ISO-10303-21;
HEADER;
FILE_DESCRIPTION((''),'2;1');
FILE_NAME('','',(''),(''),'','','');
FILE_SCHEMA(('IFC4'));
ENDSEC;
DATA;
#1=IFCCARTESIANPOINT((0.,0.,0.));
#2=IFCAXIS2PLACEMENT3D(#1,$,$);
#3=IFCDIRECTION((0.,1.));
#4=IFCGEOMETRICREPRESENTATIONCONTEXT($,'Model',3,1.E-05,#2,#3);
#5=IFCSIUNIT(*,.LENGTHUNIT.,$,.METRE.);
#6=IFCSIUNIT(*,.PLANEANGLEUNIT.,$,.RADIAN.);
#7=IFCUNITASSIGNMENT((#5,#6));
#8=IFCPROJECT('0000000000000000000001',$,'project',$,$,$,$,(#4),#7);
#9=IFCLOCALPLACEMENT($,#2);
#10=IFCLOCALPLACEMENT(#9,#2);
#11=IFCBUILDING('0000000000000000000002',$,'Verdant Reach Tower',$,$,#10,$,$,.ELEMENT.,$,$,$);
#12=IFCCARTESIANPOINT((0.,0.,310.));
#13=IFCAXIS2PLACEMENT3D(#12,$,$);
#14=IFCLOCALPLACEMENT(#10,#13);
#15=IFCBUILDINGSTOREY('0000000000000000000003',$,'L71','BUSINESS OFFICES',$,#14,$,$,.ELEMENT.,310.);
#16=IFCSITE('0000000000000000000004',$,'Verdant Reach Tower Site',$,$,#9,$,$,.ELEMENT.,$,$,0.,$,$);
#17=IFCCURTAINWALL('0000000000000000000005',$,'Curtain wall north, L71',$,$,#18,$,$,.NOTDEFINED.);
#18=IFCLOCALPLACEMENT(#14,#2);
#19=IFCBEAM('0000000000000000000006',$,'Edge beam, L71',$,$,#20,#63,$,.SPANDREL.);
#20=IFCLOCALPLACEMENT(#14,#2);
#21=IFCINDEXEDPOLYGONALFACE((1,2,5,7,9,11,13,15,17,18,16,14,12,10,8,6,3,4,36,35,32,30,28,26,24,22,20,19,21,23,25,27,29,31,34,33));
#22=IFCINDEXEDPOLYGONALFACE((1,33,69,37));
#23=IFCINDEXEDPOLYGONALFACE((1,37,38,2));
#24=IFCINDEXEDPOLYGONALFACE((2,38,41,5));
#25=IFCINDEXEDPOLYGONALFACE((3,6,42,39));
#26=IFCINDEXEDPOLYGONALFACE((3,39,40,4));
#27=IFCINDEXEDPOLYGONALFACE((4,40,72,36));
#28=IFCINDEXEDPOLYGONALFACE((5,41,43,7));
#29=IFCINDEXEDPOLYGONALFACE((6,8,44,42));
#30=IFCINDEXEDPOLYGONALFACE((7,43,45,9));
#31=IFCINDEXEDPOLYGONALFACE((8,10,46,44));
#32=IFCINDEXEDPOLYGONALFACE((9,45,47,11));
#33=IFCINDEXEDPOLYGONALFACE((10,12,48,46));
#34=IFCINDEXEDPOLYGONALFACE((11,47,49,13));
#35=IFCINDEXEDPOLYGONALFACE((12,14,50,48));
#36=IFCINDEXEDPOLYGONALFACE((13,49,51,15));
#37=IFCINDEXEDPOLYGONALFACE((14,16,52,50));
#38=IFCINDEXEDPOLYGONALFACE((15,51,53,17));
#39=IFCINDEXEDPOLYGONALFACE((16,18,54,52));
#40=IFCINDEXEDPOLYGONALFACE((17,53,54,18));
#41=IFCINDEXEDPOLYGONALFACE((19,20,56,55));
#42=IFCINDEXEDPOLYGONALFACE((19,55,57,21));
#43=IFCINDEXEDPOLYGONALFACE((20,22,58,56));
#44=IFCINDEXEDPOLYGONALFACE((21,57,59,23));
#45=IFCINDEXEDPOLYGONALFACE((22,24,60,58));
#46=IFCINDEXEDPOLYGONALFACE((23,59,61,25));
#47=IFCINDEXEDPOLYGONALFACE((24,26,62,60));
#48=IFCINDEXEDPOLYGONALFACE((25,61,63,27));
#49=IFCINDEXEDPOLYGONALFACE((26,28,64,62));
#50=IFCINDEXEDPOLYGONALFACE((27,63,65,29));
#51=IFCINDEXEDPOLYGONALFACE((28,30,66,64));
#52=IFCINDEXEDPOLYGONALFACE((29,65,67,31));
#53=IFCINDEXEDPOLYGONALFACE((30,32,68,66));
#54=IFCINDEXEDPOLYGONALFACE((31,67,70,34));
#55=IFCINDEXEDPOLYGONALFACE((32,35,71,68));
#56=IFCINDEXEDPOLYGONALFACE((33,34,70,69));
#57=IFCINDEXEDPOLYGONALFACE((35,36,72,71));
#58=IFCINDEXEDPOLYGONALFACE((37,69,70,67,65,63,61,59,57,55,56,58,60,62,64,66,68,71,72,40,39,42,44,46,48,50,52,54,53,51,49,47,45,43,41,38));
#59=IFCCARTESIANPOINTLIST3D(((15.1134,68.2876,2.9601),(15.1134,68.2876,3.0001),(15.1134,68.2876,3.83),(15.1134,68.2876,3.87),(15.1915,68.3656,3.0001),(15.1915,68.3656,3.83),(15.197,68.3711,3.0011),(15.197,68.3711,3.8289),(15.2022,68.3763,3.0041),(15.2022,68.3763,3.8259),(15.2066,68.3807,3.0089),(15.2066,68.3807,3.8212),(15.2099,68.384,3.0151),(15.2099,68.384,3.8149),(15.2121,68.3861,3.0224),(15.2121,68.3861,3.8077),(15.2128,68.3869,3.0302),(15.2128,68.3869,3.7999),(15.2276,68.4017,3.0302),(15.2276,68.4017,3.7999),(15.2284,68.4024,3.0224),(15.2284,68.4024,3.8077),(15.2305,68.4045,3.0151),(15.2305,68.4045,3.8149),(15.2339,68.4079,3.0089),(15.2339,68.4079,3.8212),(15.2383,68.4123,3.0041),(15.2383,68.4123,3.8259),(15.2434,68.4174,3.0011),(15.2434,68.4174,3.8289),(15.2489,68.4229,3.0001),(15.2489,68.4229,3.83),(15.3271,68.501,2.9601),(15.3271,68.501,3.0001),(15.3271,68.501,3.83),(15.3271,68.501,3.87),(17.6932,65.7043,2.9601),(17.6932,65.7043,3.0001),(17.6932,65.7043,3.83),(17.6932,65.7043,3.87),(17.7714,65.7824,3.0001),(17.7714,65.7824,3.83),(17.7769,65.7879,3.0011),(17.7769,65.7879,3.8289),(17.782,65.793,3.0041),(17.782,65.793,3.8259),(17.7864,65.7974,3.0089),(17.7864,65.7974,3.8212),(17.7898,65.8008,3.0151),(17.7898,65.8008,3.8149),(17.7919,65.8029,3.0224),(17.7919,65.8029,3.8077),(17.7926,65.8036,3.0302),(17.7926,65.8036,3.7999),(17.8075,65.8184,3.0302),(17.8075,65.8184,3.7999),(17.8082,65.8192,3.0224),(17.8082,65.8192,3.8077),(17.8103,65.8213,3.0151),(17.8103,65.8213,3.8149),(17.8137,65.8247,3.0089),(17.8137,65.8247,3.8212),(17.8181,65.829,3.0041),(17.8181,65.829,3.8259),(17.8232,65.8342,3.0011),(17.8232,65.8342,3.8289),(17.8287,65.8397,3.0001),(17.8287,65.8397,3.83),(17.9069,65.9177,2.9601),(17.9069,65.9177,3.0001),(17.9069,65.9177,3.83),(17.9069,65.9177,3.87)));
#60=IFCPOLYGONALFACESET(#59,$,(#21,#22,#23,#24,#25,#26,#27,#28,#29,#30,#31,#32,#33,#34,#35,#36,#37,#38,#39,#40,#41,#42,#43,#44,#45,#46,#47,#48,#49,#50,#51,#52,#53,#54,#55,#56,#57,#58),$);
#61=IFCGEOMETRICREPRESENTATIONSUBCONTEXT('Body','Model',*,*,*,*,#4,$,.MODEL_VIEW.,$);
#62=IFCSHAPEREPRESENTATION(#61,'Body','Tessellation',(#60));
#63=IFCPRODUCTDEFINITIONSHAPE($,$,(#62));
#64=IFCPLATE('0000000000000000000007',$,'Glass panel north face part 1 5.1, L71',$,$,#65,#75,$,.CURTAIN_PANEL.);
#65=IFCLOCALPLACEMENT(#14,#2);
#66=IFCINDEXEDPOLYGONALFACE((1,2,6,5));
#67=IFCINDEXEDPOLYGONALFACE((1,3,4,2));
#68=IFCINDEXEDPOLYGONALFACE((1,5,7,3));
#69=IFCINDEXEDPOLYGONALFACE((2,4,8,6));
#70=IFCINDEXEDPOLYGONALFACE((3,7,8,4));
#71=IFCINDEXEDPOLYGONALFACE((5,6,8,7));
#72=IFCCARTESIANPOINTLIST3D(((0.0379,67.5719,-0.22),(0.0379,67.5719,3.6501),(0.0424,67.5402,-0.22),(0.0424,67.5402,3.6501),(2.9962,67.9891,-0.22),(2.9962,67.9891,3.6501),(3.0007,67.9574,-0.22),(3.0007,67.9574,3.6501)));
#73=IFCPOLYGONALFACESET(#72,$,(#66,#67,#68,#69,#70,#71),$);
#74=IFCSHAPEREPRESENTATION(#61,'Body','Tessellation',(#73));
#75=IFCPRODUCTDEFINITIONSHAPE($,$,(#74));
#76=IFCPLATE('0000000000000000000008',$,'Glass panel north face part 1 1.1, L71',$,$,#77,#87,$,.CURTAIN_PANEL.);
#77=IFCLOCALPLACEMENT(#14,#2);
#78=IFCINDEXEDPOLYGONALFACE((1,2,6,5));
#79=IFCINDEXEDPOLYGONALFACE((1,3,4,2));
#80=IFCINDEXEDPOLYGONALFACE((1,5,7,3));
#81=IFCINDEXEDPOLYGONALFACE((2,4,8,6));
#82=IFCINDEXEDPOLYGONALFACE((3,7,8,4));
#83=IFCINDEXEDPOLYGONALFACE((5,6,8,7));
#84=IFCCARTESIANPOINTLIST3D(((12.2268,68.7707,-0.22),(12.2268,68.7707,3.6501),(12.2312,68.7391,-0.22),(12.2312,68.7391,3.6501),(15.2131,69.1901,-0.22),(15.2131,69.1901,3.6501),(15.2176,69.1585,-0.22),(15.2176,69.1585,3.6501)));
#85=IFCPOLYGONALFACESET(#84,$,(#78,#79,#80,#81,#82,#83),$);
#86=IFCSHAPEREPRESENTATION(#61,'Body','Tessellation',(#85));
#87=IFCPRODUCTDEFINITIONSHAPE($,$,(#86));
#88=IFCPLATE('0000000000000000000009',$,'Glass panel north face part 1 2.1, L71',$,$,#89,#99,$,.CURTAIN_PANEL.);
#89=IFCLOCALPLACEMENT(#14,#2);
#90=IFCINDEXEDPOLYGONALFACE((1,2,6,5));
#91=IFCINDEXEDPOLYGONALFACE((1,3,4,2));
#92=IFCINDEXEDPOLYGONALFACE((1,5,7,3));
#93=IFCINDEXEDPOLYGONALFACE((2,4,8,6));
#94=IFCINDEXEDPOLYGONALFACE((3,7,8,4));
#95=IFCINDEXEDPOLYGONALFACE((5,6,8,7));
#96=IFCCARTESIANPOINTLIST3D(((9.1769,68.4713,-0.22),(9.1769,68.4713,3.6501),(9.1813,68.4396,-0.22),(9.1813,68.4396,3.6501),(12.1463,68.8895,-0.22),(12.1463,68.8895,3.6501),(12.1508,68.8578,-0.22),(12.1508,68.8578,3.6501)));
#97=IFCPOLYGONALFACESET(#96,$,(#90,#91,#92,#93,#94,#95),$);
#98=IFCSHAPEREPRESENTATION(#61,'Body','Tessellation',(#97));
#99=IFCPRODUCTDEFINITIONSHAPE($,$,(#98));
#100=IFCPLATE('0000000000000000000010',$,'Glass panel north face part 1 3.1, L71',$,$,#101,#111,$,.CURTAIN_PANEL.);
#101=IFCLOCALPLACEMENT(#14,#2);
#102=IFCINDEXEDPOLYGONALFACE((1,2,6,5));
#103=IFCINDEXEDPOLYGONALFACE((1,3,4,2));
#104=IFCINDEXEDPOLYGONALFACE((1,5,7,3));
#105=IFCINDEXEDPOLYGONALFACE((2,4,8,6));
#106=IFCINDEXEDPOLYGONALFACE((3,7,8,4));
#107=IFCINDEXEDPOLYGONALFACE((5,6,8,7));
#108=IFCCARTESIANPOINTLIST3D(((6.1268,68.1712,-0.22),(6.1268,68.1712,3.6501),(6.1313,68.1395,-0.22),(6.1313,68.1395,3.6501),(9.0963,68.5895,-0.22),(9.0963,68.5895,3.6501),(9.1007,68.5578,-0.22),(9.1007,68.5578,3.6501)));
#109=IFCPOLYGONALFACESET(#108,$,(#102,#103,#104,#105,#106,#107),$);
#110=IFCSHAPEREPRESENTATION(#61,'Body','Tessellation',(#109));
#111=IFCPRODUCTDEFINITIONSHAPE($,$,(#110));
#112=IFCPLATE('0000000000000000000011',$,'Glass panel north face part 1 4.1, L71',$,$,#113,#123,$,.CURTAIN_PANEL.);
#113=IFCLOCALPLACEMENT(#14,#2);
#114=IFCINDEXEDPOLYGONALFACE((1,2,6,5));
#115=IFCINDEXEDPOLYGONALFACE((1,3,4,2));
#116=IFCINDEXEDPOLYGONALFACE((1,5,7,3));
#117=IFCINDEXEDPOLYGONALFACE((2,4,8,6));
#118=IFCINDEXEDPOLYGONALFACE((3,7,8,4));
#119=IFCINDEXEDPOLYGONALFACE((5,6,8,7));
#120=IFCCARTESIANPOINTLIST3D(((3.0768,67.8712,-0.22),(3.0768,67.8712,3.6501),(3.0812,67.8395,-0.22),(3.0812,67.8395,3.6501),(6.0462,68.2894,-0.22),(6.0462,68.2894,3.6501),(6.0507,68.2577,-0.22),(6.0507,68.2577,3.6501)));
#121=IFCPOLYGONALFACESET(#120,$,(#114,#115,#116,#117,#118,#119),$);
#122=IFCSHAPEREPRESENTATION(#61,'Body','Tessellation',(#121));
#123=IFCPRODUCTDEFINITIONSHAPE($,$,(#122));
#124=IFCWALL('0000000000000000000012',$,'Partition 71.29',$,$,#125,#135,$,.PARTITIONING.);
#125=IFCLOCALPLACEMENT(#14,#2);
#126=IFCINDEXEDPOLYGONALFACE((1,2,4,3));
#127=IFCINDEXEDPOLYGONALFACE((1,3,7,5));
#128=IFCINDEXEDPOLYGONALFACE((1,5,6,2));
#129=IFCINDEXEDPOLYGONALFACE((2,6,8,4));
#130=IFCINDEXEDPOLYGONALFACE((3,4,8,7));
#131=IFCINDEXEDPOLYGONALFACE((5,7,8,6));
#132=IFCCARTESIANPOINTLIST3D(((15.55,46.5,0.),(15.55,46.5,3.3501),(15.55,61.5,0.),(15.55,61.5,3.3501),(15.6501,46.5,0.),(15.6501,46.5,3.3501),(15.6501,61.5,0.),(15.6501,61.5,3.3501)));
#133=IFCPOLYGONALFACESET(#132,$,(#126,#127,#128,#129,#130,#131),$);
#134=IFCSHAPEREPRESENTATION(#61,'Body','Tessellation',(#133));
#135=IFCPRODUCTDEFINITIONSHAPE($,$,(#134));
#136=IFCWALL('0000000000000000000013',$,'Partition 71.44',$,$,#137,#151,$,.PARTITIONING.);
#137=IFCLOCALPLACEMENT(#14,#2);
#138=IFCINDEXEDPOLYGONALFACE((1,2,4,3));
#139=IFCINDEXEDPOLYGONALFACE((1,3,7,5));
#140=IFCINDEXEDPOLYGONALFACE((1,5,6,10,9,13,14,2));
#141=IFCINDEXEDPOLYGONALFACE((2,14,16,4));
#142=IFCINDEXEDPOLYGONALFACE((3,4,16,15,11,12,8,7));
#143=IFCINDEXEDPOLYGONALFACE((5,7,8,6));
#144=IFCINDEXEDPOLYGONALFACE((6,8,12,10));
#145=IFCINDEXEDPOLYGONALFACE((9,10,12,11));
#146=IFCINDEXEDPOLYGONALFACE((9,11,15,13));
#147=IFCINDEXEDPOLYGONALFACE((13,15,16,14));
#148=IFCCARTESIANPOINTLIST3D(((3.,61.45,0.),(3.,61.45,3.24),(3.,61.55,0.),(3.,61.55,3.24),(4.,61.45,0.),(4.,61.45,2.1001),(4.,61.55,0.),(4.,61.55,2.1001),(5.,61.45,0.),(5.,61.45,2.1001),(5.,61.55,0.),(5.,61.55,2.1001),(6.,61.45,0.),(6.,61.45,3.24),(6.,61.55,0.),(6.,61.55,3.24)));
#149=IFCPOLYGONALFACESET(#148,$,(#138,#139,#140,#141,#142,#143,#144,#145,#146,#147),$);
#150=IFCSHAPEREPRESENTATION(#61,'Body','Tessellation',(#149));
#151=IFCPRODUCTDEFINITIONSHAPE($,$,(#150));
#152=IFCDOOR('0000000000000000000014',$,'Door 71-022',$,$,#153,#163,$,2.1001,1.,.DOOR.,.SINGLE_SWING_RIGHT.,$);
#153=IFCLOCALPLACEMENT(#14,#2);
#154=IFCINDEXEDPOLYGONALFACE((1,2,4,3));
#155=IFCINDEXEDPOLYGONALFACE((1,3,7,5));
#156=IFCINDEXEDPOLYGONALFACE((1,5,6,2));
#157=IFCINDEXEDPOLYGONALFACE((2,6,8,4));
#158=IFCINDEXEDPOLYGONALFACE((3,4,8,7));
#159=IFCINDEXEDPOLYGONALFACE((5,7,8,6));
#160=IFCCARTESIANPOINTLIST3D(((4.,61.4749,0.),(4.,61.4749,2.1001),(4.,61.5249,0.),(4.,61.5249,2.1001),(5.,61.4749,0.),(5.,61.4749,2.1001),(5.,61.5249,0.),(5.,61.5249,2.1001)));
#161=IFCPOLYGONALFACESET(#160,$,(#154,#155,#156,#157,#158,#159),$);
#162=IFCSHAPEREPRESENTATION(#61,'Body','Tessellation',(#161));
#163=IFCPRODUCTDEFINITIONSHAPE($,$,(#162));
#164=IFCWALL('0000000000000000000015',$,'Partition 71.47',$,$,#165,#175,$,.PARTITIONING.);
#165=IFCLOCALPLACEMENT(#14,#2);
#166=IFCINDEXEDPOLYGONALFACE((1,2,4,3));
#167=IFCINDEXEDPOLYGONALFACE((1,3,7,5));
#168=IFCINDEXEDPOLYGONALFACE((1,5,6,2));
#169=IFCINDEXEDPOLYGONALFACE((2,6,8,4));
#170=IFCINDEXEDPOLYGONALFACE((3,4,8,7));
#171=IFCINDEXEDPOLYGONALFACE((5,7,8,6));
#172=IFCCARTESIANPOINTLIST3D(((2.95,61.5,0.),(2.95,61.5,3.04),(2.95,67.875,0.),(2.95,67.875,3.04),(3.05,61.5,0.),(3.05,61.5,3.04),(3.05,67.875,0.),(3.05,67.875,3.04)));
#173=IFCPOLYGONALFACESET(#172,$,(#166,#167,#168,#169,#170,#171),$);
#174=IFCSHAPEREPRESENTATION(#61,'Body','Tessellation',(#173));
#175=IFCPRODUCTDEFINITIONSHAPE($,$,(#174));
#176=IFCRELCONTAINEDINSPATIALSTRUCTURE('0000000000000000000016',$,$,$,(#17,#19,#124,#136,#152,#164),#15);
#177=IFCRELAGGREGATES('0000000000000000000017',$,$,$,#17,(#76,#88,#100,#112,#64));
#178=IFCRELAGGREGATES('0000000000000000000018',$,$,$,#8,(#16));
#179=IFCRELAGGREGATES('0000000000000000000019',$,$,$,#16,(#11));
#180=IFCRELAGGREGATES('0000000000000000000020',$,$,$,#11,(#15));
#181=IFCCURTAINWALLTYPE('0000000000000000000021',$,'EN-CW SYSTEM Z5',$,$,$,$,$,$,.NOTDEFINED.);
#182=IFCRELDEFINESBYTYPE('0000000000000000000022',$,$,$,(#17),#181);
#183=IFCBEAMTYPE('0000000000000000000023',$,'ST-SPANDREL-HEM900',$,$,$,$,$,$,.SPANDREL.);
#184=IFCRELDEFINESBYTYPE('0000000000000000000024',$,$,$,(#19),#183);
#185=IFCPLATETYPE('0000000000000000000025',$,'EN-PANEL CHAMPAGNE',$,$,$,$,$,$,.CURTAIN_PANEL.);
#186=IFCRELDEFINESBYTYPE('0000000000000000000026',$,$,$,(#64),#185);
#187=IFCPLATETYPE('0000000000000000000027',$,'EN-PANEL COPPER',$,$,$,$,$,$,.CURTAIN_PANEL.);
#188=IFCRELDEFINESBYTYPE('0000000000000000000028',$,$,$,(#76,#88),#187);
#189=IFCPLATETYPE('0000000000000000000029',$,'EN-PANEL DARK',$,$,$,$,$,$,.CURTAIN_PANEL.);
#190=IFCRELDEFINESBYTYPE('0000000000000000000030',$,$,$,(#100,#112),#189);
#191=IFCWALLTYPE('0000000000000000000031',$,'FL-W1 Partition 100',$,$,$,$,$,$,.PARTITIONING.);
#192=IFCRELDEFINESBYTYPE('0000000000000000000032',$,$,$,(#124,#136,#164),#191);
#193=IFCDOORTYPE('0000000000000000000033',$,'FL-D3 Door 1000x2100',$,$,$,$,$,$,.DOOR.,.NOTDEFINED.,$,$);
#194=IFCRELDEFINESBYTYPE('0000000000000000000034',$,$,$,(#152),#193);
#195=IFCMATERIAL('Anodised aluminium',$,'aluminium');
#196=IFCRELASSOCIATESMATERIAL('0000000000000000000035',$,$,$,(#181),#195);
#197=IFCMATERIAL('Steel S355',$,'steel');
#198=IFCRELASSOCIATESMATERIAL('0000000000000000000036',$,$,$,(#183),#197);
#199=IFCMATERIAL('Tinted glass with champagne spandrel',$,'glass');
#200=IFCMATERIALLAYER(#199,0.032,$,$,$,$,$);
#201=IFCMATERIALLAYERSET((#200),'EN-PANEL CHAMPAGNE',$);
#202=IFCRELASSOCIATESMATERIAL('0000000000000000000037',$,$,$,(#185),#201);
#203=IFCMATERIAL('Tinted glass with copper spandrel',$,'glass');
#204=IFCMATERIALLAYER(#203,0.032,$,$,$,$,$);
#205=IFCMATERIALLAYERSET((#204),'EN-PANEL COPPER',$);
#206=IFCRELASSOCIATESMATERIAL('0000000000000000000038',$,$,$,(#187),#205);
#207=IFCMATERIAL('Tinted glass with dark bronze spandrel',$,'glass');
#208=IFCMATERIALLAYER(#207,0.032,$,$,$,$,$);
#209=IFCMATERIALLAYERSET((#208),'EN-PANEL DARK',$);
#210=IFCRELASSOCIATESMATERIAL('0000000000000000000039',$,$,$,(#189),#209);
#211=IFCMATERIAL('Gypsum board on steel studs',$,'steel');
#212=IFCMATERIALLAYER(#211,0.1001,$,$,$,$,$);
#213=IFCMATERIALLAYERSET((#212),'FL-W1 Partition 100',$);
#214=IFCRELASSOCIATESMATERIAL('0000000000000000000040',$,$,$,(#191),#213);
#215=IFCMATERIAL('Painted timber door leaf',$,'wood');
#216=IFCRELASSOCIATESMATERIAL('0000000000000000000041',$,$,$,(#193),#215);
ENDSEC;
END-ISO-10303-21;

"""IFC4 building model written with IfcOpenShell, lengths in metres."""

from ifc_helpers import new_model, si_unit, direction, frame, frame_2d, origin, origin_2d, place, context, subcontext, project, spatial, rectangle, i_section, extrude, material, layer, layer_set, material_profile, profile_set, type_object, element, fill, aggregate, save


model = new_model("IFC4")

# Units and contexts
model_context = context("Model", 3, precision=1e-05, world=origin(), true_north=direction((0.0, 1.0)))
body_context = subcontext(model_context, "Body", "Model", "MODEL_VIEW")
ifc_project = project(units=[si_unit("LENGTHUNIT", "METRE"), si_unit("PLANEANGLEUNIT", "RADIAN")], contexts=[model_context])

# Site, building, storey
site_placement = place(None, origin())
site = spatial("IfcSite", under=ifc_project, at=site_placement, Name="Verdant Reach Tower Site", CompositionType="ELEMENT", RefElevation=0.0)
building_placement = place(site_placement, origin())
building = spatial("IfcBuilding", under=site, at=building_placement, Name="Verdant Reach Tower", CompositionType="ELEMENT")
storey_placement = place(building_placement, frame((0.0, 0.0, 310.0)))
storey = spatial("IfcBuildingStorey", under=building, at=storey_placement, Name="L71", Description="BUSINESS OFFICES", CompositionType="ELEMENT", Elevation=310.0)

# Curtain wall
ifc_material_1 = material(Name="Anodised aluminium", Category="aluminium")
curtain_wall_type = type_object("IfcCurtainWallType", Name="EN-CW SYSTEM Z5", PredefinedType="NOTDEFINED", material=ifc_material_1)
curtain_wall_placement = place(storey_placement, origin())
curtain_wall = element("IfcCurtainWall", 1, at=curtain_wall_placement, inside=storey, type_object=curtain_wall_type, Name="Curtain wall north, L71", PredefinedType="NOTDEFINED")

# Beam
ifc_material_2 = material(Name="Steel S355", Category="steel")
ifc_material_profile_1 = material_profile(ifc_material_2, i_section(OverallWidth=0.302, OverallDepth=0.9099, WebThickness=0.021, FlangeThickness=0.04, FilletRadius=0.03, at=origin_2d()), Name="HEM 900")
ifc_profile_set_1 = profile_set([ifc_material_profile_1], Name="Steel S355")
beam_type_1 = type_object("IfcBeamType", Name="ST-SPANDREL-HEM900", PredefinedType="SPANDREL", material=ifc_profile_set_1)
beam_1_placement = place(storey_placement, frame((15.2202, 68.3943, 3.415), z_axis=(0.706639, -0.707575, 0.0), x_axis=(0.707575, 0.706639, 0.0)))
element("IfcBeam", 2, at=beam_1_placement, inside=storey, type_object=beam_type_1, Name="Edge beam, L71", PredefinedType="SPANDREL", context=body_context, shape_type="SweptSolid", body=[
    extrude(i_section(OverallWidth=0.302, OverallDepth=0.9099, WebThickness=0.021, FlangeThickness=0.04, FilletRadius=0.03, at=origin_2d()), origin(), (0.0, 0.0, 1.0), 3.6509),
])

# Plates
ifc_material_3 = material(Name="Tinted glass with champagne spandrel", Category="glass")
ifc_layer_1 = layer(ifc_material_3, 0.032)
ifc_layer_set_1 = layer_set([ifc_layer_1], Name="EN-PANEL CHAMPAGNE")
plate_type_1 = type_object("IfcPlateType", Name="EN-PANEL CHAMPAGNE", PredefinedType="CURTAIN_PANEL", material=ifc_layer_set_1)
plate_1_placement = place(storey_placement, frame((1.5193, 67.7646, -0.22), z_axis=(0.0, 0.0, 1.0), x_axis=(-0.9902, -0.139656, 0.0)))
plate_1 = element("IfcPlate", 3, at=plate_1_placement, type_object=plate_type_1, Name="Glass panel north face part 1 5.1, L71", PredefinedType="CURTAIN_PANEL", context=body_context, shape_type="SweptSolid", body=[
    extrude(rectangle(XDim=2.9875, YDim=0.032, at=origin_2d()), origin(), (0.0, 0.0, 1.0), 3.8701),
])
ifc_material_4 = material(Name="Tinted glass with copper spandrel", Category="glass")
ifc_layer_2 = layer(ifc_material_4, 0.032)
ifc_layer_set_2 = layer_set([ifc_layer_2], Name="EN-PANEL COPPER")
plate_type_2 = type_object("IfcPlateType", Name="EN-PANEL COPPER", PredefinedType="CURTAIN_PANEL", material=ifc_layer_set_2)
plate_2_placement = place(storey_placement, frame((13.7222, 68.9646, -0.22), z_axis=(0.0, 0.0, 1.0), x_axis=(-0.990282, -0.139077, 0.0)))
plate_2 = element("IfcPlate", 4, at=plate_2_placement, type_object=plate_type_2, Name="Glass panel north face part 1 1.1, L71", PredefinedType="CURTAIN_PANEL", context=body_context, shape_type="SweptSolid", body=[
    extrude(rectangle(XDim=3.0156, YDim=0.032, at=origin_2d()), origin(), (0.0, 0.0, 1.0), 3.8701),
])
plate_3_placement = place(storey_placement, frame((10.6638, 68.6646, -0.22), z_axis=(0.0, 0.0, 1.0), x_axis=(-0.990225, -0.139477, 0.0)))
plate_3 = element("IfcPlate", 5, at=plate_3_placement, type_object=plate_type_2, Name="Glass panel north face part 1 2.1, L71", PredefinedType="CURTAIN_PANEL", context=body_context, shape_type="SweptSolid", body=[
    extrude(rectangle(XDim=2.9988, YDim=0.032, at=origin_2d()), origin(), (0.0, 0.0, 1.0), 3.8701),
])
ifc_material_5 = material(Name="Tinted glass with dark bronze spandrel", Category="glass")
ifc_layer_3 = layer(ifc_material_5, 0.032)
ifc_layer_set_3 = layer_set([ifc_layer_3], Name="EN-PANEL DARK")
plate_type_3 = type_object("IfcPlateType", Name="EN-PANEL DARK", PredefinedType="CURTAIN_PANEL", material=ifc_layer_set_3)
plate_4_placement = place(storey_placement, frame((7.6138, 68.3645, -0.22), z_axis=(0.0, 0.0, 1.0), x_axis=(-0.990225, -0.139477, 0.0)))
plate_4 = element("IfcPlate", 6, at=plate_4_placement, type_object=plate_type_3, Name="Glass panel north face part 1 3.1, L71", PredefinedType="CURTAIN_PANEL", context=body_context, shape_type="SweptSolid", body=[
    extrude(rectangle(XDim=2.9988, YDim=0.032, at=origin_2d()), origin(), (0.0, 0.0, 1.0), 3.8701),
])
plate_5_placement = place(storey_placement, frame((4.5637, 68.0645, -0.22), z_axis=(0.0, 0.0, 1.0), x_axis=(-0.990225, -0.139477, 0.0)))
plate_5 = element("IfcPlate", 7, at=plate_5_placement, type_object=plate_type_3, Name="Glass panel north face part 1 4.1, L71", PredefinedType="CURTAIN_PANEL", context=body_context, shape_type="SweptSolid", body=[
    extrude(rectangle(XDim=2.9988, YDim=0.032, at=origin_2d()), origin(), (0.0, 0.0, 1.0), 3.8701),
])
aggregate(curtain_wall, [plate_2, plate_3, plate_4, plate_5, plate_1])

# Wall
ifc_material_6 = material(Name="Gypsum board on steel studs", Category="steel")
ifc_layer_4 = layer(ifc_material_6, 0.1001)
ifc_layer_set_4 = layer_set([ifc_layer_4], Name="FL-W1 Partition 100")
wall_type = type_object("IfcWallType", Name="FL-W1 Partition 100", PredefinedType="PARTITIONING", material=ifc_layer_set_4)
wall_1_placement = place(storey_placement, frame((15.6001, 61.5, 0.0), z_axis=(0.0, 0.0, 1.0), x_axis=(0.0, -1.0, 0.0)))
element("IfcWall", 8, at=wall_1_placement, inside=storey, type_object=wall_type, Name="Partition 71.29", PredefinedType="PARTITIONING", context=body_context, shape_type="SweptSolid", body=[
    extrude(rectangle(XDim=15.0, YDim=0.1001, at=frame_2d((7.5, 0.0))), origin(), (0.0, 0.0, 1.0), 3.3501),
])

# Wall, opening, door
wall_2_placement = place(storey_placement, frame((3.0, 61.5, 0.0), z_axis=(0.0, 0.0, 1.0), x_axis=(1.0, 0.0, 0.0)))
wall_2 = element("IfcWall", 9, at=wall_2_placement, inside=storey, type_object=wall_type, Name="Partition 71.44", PredefinedType="PARTITIONING", context=body_context, shape_type="SweptSolid", body=[
    extrude(rectangle(XDim=3.0, YDim=0.1001, at=frame_2d((1.5, 0.0))), origin(), (0.0, 0.0, 1.0), 3.24),
])
opening_1_placement = place(wall_2_placement, frame((1.0, 0.0, 0.0)))
opening_1 = element("IfcOpeningElement", 10, at=opening_1_placement, cuts=wall_2, PredefinedType="OPENING", context=body_context, shape_type="SweptSolid", body=[
    extrude(rectangle(XDim=1.0, YDim=2.1001, at=frame_2d((0.5, 1.05))), frame((0.0, 0.0601, 0.0), z_axis=(0.0, -1.0, 0.0), x_axis=(1.0, 0.0, 0.0)), (0.0, 0.0, 1.0), 0.1201),
])
ifc_material_7 = material(Name="Painted timber door leaf", Category="wood")
door_type = type_object("IfcDoorType", Name="FL-D3 Door 1000x2100", OperationType="NOTDEFINED", PredefinedType="DOOR", material=ifc_material_7)
door_1_placement = place(opening_1_placement, origin())
door_1 = element("IfcDoor", 11, at=door_1_placement, inside=storey, type_object=door_type, Name="Door 71-022", OperationType="SINGLE_SWING_RIGHT", OverallHeight=2.1001, OverallWidth=1.0, PredefinedType="DOOR", context=body_context, shape_type="SweptSolid", body=[
    extrude(rectangle(XDim=1.0, YDim=2.1001, at=frame_2d((0.5, 1.05))), frame((0.0, 0.0249, 0.0), z_axis=(0.0, -1.0, 0.0), x_axis=(1.0, 0.0, 0.0)), (0.0, 0.0, 1.0), 0.05),
])
fill(opening_1, door_1)

# Wall
wall_3_placement = place(storey_placement, frame((3.0, 61.5, 0.0), z_axis=(0.0, 0.0, 1.0), x_axis=(0.0, 1.0, 0.0)))
element("IfcWall", 12, at=wall_3_placement, inside=storey, type_object=wall_type, Name="Partition 71.47", PredefinedType="PARTITIONING", context=body_context, shape_type="SweptSolid", body=[
    extrude(rectangle(XDim=6.375, YDim=0.1001, at=frame_2d((3.1875, 0.0))), origin(), (0.0, 0.0, 1.0), 3.04),
])

save(model, "model.ifc")
